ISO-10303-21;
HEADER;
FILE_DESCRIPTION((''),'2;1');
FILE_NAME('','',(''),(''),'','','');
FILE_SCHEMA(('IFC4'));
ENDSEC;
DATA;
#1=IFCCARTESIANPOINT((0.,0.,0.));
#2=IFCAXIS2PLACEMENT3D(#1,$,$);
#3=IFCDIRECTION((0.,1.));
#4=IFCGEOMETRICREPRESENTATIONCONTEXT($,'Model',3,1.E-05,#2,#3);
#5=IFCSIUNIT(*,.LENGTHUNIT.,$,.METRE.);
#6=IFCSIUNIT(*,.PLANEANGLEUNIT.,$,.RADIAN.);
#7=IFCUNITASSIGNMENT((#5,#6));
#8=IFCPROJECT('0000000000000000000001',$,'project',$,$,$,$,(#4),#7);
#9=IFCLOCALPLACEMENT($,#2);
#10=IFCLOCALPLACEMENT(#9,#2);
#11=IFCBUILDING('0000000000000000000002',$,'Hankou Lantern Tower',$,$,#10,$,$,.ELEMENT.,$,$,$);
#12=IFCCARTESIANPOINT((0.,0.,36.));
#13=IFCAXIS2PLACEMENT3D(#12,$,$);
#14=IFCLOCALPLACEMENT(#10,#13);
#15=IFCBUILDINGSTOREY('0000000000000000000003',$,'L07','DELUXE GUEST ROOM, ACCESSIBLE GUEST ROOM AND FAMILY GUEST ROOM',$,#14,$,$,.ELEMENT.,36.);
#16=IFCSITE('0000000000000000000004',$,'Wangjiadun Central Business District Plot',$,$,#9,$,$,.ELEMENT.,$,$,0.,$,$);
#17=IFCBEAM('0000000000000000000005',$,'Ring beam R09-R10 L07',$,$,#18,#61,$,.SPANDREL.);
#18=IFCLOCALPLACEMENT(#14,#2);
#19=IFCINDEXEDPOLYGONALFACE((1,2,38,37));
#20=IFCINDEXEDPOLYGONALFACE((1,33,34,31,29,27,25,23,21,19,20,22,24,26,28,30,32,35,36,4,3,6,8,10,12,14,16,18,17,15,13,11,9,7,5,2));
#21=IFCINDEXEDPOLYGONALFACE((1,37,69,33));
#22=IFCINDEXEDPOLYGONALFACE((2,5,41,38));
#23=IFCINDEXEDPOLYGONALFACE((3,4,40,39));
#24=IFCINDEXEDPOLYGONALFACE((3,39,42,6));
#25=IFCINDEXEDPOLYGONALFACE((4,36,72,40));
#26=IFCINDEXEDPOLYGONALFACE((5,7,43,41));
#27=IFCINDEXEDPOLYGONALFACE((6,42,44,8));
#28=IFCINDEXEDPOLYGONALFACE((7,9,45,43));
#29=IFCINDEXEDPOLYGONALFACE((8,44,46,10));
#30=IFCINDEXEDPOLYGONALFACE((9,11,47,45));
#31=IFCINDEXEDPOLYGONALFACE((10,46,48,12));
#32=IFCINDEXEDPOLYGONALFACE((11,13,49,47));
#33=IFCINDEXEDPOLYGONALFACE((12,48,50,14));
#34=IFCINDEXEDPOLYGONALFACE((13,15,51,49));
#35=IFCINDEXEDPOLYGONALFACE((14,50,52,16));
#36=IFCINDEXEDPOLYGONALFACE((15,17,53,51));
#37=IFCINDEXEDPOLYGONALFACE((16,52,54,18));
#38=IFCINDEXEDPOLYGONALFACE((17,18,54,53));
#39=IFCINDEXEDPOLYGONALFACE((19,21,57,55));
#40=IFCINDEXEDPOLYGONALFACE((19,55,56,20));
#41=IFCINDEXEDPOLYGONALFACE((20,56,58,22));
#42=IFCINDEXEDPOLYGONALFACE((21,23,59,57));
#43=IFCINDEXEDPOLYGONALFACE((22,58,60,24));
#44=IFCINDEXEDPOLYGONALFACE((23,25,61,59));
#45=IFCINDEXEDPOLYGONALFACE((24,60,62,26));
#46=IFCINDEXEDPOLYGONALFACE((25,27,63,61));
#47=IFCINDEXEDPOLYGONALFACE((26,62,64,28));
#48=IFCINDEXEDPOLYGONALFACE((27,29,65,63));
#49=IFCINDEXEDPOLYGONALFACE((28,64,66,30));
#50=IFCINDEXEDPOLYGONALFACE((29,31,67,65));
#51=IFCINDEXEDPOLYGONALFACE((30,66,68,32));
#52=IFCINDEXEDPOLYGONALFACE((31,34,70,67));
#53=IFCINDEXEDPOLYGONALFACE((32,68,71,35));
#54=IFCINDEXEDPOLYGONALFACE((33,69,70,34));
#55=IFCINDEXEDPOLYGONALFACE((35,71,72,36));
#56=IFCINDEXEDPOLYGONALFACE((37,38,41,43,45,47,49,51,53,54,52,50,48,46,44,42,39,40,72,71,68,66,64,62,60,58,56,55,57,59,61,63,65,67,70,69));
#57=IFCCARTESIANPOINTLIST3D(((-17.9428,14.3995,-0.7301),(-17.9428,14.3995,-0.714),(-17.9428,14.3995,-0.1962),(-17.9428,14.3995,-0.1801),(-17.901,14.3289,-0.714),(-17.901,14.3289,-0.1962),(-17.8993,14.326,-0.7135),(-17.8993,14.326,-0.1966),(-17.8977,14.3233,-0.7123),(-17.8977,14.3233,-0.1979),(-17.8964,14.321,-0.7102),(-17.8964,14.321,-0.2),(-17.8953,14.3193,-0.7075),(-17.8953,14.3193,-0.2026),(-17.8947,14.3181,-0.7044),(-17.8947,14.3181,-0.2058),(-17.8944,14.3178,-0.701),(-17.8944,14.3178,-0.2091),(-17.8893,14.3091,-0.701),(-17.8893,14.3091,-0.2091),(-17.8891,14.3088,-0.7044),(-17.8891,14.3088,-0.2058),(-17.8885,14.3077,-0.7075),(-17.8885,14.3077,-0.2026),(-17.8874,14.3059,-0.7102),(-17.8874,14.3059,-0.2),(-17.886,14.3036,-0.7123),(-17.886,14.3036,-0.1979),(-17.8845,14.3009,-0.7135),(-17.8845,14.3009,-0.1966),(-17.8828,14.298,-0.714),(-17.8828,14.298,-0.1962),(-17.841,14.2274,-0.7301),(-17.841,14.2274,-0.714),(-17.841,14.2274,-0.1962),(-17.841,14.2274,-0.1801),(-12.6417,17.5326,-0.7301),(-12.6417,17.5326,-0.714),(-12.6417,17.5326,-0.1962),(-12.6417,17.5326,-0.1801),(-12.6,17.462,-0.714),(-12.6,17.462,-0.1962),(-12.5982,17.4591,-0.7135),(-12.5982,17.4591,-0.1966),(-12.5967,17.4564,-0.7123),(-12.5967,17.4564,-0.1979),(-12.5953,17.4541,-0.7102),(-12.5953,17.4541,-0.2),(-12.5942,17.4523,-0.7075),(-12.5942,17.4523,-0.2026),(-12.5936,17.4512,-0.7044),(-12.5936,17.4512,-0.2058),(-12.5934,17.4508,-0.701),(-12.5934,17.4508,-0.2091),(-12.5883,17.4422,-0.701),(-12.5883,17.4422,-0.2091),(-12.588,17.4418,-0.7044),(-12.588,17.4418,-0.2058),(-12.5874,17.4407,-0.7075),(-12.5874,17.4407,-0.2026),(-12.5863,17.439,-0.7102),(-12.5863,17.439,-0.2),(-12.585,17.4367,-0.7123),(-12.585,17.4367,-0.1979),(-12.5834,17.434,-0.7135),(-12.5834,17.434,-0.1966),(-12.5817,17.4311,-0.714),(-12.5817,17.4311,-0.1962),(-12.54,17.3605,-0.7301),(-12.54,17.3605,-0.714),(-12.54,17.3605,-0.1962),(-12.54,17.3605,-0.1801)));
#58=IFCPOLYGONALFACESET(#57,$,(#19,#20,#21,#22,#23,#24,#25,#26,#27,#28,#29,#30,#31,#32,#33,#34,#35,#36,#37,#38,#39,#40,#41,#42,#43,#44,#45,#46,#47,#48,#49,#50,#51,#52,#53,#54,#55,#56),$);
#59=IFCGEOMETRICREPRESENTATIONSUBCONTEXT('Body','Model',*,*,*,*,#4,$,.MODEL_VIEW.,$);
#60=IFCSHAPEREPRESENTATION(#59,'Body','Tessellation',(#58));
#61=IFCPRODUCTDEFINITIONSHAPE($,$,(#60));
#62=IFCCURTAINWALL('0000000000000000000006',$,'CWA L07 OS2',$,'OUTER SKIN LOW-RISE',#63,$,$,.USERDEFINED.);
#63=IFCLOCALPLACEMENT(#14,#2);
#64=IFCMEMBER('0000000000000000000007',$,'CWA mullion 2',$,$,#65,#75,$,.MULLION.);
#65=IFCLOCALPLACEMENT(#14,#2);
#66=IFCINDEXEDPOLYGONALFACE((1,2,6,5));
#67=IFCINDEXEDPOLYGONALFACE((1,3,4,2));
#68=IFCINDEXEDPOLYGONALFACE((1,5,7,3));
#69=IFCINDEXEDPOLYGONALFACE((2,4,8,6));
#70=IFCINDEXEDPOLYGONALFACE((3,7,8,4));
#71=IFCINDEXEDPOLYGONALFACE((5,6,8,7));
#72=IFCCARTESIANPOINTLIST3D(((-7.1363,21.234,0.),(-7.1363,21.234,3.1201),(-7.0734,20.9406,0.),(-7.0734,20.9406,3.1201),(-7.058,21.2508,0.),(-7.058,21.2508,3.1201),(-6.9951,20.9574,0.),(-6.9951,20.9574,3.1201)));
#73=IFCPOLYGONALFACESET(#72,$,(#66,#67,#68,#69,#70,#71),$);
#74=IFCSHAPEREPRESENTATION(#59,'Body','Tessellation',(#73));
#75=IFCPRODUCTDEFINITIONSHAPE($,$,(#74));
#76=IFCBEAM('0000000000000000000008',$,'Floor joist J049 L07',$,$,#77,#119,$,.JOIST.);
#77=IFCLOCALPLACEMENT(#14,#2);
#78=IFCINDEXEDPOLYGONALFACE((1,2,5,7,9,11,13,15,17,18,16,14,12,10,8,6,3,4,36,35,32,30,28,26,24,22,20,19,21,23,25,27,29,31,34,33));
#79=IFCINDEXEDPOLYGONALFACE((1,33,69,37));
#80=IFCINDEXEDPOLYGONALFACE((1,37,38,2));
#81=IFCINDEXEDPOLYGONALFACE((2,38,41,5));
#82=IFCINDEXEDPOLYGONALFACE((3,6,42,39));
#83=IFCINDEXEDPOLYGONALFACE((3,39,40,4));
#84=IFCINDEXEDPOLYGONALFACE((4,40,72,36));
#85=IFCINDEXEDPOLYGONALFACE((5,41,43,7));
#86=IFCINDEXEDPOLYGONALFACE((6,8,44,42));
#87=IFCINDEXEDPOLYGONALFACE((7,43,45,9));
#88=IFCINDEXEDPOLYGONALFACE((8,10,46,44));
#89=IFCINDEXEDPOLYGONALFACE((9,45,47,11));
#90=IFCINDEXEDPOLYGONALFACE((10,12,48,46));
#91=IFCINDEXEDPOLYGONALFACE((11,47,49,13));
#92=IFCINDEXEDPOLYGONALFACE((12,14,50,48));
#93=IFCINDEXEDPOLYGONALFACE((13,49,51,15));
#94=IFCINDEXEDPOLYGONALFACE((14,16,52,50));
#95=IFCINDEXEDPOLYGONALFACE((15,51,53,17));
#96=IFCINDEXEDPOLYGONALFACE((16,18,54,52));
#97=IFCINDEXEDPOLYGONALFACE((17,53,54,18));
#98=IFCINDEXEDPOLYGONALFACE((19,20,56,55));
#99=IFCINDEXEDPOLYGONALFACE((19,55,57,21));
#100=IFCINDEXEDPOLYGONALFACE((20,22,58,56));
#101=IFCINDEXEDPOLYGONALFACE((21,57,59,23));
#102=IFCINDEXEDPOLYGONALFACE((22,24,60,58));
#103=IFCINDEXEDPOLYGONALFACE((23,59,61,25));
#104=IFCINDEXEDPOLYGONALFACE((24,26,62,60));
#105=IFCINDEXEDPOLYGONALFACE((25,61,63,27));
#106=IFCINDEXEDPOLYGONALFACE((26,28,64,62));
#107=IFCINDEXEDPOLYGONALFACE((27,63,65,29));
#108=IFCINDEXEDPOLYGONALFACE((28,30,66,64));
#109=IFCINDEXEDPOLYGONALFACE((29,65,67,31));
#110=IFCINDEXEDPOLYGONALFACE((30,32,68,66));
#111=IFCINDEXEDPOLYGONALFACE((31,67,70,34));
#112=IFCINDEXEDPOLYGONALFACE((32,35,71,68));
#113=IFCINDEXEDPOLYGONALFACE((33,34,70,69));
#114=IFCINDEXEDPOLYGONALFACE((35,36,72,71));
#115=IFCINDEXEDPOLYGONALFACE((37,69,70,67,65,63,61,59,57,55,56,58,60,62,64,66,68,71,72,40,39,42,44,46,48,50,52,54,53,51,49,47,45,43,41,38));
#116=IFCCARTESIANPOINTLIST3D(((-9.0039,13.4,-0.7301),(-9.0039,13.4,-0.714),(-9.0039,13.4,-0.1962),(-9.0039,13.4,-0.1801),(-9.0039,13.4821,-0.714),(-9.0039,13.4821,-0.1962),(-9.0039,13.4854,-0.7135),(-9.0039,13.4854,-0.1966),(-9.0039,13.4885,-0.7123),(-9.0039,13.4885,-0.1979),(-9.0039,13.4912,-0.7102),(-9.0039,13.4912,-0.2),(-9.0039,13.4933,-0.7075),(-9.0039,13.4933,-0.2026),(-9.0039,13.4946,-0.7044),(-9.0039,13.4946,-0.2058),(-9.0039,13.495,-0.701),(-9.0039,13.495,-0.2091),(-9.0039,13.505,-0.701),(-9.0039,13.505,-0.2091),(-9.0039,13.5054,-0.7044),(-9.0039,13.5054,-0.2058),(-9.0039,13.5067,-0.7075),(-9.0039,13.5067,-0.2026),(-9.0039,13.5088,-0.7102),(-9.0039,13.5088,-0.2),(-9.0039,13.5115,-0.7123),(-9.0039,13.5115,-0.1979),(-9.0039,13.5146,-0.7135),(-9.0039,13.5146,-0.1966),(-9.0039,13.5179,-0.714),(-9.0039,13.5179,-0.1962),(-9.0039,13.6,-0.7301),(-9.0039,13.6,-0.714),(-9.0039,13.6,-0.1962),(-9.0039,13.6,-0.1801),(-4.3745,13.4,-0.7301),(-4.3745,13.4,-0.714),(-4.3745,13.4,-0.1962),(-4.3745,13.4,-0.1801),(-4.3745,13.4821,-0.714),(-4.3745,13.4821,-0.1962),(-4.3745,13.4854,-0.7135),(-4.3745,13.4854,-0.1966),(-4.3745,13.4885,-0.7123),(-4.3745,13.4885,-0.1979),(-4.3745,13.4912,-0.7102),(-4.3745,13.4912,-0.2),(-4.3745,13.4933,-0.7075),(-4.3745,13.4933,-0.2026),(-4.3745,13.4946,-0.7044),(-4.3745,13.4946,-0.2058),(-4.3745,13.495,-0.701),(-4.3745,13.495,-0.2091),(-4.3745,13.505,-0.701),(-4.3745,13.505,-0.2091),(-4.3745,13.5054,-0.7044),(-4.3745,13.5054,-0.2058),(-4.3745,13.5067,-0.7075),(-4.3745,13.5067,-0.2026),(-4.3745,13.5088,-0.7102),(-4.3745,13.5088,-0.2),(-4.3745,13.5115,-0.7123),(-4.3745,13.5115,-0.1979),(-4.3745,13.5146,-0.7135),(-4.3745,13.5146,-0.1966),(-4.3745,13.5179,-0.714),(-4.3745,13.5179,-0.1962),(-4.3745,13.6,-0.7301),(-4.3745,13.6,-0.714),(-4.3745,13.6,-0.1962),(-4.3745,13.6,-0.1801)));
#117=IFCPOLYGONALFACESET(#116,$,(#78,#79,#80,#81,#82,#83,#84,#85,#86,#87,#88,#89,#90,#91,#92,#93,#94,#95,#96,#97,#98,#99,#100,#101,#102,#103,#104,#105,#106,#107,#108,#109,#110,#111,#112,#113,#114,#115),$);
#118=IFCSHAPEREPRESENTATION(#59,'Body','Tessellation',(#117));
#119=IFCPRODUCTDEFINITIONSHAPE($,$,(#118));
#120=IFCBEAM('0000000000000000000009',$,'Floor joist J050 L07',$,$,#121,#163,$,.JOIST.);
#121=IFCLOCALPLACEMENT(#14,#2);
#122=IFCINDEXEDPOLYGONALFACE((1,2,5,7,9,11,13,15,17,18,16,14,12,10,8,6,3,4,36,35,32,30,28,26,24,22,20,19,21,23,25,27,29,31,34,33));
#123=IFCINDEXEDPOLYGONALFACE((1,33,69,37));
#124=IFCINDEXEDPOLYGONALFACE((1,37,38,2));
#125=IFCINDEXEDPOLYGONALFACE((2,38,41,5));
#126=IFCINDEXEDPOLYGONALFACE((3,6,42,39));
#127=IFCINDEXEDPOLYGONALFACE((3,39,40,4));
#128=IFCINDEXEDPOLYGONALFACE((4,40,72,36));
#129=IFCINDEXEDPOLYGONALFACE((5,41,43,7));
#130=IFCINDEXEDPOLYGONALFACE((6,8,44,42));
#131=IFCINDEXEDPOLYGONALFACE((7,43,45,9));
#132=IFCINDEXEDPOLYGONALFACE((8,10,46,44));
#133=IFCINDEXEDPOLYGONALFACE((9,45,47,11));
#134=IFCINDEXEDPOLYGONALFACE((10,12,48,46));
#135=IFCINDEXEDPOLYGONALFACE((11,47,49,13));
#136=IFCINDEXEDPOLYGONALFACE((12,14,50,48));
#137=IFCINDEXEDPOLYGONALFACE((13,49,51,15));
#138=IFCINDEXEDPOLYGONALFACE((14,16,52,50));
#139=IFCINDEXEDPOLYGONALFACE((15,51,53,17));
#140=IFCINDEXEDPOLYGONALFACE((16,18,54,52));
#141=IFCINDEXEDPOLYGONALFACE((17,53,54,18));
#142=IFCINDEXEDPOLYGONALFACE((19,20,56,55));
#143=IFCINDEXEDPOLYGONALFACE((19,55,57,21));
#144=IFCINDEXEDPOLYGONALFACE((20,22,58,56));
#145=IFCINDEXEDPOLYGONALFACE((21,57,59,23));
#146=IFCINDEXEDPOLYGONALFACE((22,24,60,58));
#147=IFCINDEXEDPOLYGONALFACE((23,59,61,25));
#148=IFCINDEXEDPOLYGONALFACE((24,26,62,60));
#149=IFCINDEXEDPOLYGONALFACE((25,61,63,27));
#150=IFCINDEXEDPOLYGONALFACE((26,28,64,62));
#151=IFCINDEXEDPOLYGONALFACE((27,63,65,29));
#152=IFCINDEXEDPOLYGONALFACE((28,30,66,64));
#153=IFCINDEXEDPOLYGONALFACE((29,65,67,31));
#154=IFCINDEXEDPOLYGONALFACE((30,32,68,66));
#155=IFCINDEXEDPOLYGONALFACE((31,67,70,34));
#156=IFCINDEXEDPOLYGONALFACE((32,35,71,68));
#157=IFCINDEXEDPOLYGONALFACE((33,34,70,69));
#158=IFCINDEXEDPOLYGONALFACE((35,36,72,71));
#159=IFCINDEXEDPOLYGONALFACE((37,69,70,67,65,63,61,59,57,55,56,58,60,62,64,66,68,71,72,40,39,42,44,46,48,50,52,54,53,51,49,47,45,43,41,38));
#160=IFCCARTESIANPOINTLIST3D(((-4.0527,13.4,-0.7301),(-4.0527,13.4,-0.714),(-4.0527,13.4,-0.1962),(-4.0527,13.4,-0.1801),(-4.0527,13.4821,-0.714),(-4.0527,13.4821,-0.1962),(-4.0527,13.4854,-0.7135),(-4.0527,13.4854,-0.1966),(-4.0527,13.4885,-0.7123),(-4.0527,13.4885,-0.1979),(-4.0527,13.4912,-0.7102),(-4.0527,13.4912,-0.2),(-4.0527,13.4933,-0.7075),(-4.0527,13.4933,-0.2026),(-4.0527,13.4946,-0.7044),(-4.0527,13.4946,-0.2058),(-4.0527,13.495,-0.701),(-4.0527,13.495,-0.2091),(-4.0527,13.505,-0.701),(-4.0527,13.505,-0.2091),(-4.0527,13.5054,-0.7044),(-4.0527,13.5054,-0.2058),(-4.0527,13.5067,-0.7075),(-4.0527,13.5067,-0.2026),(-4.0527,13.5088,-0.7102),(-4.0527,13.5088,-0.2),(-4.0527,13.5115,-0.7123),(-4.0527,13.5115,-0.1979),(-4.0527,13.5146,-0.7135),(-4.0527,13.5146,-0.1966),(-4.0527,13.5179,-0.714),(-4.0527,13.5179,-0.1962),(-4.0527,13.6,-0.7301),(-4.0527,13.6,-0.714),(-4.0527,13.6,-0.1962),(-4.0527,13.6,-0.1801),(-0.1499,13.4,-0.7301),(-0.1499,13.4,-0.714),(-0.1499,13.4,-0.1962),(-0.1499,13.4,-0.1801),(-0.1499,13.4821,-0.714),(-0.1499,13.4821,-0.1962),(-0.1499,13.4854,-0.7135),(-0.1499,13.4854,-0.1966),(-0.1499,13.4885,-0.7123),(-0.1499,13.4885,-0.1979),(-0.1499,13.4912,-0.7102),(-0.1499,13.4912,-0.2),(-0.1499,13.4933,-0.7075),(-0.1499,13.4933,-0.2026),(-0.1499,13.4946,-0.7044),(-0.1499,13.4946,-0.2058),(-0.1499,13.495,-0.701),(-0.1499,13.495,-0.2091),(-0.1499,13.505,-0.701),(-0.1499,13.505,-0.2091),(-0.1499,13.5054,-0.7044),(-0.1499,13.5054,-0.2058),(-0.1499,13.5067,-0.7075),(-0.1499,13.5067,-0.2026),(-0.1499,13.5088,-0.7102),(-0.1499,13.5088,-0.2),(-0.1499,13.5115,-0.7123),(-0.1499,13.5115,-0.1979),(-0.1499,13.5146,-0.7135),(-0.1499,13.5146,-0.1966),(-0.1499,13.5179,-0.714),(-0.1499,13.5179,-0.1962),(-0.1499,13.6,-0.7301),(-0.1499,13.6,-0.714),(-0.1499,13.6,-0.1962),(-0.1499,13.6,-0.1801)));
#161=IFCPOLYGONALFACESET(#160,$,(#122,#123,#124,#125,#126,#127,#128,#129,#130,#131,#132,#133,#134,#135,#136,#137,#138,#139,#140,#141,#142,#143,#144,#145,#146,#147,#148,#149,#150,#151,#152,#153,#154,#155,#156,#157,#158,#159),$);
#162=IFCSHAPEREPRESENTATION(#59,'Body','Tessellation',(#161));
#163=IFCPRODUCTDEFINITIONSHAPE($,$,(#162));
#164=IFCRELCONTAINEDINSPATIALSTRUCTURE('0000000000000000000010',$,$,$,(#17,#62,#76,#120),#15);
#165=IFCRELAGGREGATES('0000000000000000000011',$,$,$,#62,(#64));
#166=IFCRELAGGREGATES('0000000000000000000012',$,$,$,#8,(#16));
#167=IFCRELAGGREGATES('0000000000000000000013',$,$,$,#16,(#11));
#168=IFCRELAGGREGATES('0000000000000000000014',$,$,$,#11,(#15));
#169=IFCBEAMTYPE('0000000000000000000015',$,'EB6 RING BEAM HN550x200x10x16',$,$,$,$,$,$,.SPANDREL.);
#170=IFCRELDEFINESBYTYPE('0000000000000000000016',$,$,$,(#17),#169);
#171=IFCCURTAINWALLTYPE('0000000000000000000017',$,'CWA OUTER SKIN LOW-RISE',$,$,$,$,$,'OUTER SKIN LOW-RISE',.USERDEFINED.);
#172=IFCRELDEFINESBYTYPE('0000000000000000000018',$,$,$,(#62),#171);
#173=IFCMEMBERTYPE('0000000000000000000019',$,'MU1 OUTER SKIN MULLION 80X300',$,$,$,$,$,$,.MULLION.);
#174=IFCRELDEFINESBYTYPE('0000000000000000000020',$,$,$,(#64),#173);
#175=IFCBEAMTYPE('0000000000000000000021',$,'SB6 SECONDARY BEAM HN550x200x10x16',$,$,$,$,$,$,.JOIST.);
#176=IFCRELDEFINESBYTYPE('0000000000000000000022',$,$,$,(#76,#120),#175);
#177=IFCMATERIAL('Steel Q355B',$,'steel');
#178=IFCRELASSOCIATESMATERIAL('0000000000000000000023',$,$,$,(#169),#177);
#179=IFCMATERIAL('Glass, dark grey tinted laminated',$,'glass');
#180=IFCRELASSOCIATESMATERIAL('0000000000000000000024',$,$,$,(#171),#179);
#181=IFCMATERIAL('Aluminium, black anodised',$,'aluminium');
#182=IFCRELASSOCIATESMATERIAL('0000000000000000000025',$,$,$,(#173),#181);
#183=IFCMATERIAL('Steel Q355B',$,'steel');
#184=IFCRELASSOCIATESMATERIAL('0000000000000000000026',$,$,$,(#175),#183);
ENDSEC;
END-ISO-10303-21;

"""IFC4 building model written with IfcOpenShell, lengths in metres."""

from ifc_helpers import new_model, si_unit, direction, frame, origin, origin_2d, place, context, subcontext, project, spatial, rectangle, i_section, extrude, material, material_profile, profile_set, type_object, element, aggregate, save


model = new_model("IFC4")

# Units and contexts
model_context = context("Model", 3, precision=1e-05, world=origin(), true_north=direction((0.0, 1.0)))
body_context = subcontext(model_context, "Body", "Model", "MODEL_VIEW")
ifc_project = project(units=[si_unit("LENGTHUNIT", "METRE"), si_unit("PLANEANGLEUNIT", "RADIAN")], contexts=[model_context])

# Site, building, storey
site_placement = place(None, origin())
site = spatial("IfcSite", under=ifc_project, at=site_placement, Name="Wangjiadun Central Business District Plot", CompositionType="ELEMENT", RefElevation=0.0)
building_placement = place(site_placement, origin())
building = spatial("IfcBuilding", under=site, at=building_placement, Name="Hankou Lantern Tower", CompositionType="ELEMENT")
storey_placement = place(building_placement, frame((0.0, 0.0, 36.0)))
storey = spatial("IfcBuildingStorey", under=building, at=storey_placement, Name="L07", Description="DELUXE GUEST ROOM, ACCESSIBLE GUEST ROOM AND FAMILY GUEST ROOM", CompositionType="ELEMENT", Elevation=36.0)

# Beam
ifc_material_1 = material(Name="Steel Q355B", Category="steel")
ifc_material_profile_1 = material_profile(ifc_material_1, i_section(OverallWidth=0.2, OverallDepth=0.55, WebThickness=0.01, FlangeThickness=0.0161, FilletRadius=0.0129, at=origin_2d()), Name="HN550x200x10x16")
ifc_profile_set_1 = profile_set([ifc_material_profile_1], Name="Steel Q355B")
beam_type_1 = type_object("IfcBeamType", Name="EB6 RING BEAM HN550x200x10x16", PredefinedType="SPANDREL", material=ifc_profile_set_1)
beam_1_placement = place(storey_placement, frame((-12.5908, 17.4465, -0.4551), z_axis=(-0.860882, -0.508805, 0.0), x_axis=(0.508805, -0.860882, 0.0)))
element("IfcBeam", 1, at=beam_1_placement, inside=storey, type_object=beam_type_1, Name="Ring beam R09-R10 L07", PredefinedType="SPANDREL", context=body_context, shape_type="SweptSolid", body=[
    extrude(i_section(OverallWidth=0.2, OverallDepth=0.55, WebThickness=0.01, FlangeThickness=0.0161, FilletRadius=0.0129, at=origin_2d()), origin(), (0.0, 0.0, 1.0), 6.1577),
])

# Curtain wall, member
ifc_material_2 = material(Name="Glass, dark grey tinted laminated", Category="glass")
curtain_wall_type = type_object("IfcCurtainWallType", Name="CWA OUTER SKIN LOW-RISE", ElementType="OUTER SKIN LOW-RISE", PredefinedType="USERDEFINED", material=ifc_material_2)
curtain_wall_placement = place(storey_placement, origin())
curtain_wall = element("IfcCurtainWall", 2, at=curtain_wall_placement, inside=storey, type_object=curtain_wall_type, Name="CWA L07 OS2", ObjectType="OUTER SKIN LOW-RISE", PredefinedType="USERDEFINED")
ifc_material_3 = material(Name="Aluminium, black anodised", Category="aluminium")
ifc_material_profile_2 = material_profile(ifc_material_3, rectangle(XDim=0.0801, YDim=0.3, at=origin_2d()), Name="MU1 80X300")
ifc_profile_set_2 = profile_set([ifc_material_profile_2], Name="Aluminium, black anodised")
member_type_1 = type_object("IfcMemberType", Name="MU1 OUTER SKIN MULLION 80X300", PredefinedType="MULLION", material=ifc_profile_set_2)
member_1_placement = place(storey_placement, frame((-7.0657, 21.0957, 0.0), z_axis=(0.0, 0.0, 1.0), x_axis=(-0.977788, -0.209598, 0.0)))
member_1 = element("IfcMember", 3, at=member_1_placement, type_object=member_type_1, Name="CWA mullion 2", PredefinedType="MULLION", context=body_context, shape_type="SweptSolid", body=[
    extrude(rectangle(XDim=0.0801, YDim=0.3, at=origin_2d()), origin(), (0.0, 0.0, 1.0), 3.1201),
])

# Beams
ifc_material_4 = material(Name="Steel Q355B", Category="steel")
ifc_material_profile_3 = material_profile(ifc_material_4, i_section(OverallWidth=0.2, OverallDepth=0.55, WebThickness=0.01, FlangeThickness=0.0161, FilletRadius=0.0129, at=origin_2d()), Name="HN550x200x10x16")
ifc_profile_set_3 = profile_set([ifc_material_profile_3], Name="Steel Q355B")
beam_type_2 = type_object("IfcBeamType", Name="SB6 SECONDARY BEAM HN550x200x10x16", PredefinedType="JOIST", material=ifc_profile_set_3)
beam_2_placement = place(storey_placement, frame((-9.0039, 13.5, -0.4551), z_axis=(1.0, 0.0, 0.0), x_axis=(0.0, 1.0, 0.0)))
element("IfcBeam", 4, at=beam_2_placement, inside=storey, type_object=beam_type_2, Name="Floor joist J049 L07", PredefinedType="JOIST", context=body_context, shape_type="SweptSolid", body=[
    extrude(i_section(OverallWidth=0.2, OverallDepth=0.55, WebThickness=0.01, FlangeThickness=0.0161, FilletRadius=0.0129, at=origin_2d()), origin(), (0.0, 0.0, 1.0), 4.6294),
])
beam_3_placement = place(storey_placement, frame((-4.0527, 13.5, -0.4551), z_axis=(1.0, 0.0, 0.0), x_axis=(0.0, 1.0, 0.0)))
element("IfcBeam", 5, at=beam_3_placement, inside=storey, type_object=beam_type_2, Name="Floor joist J050 L07", PredefinedType="JOIST", context=body_context, shape_type="SweptSolid", body=[
    extrude(i_section(OverallWidth=0.2, OverallDepth=0.55, WebThickness=0.01, FlangeThickness=0.0161, FilletRadius=0.0129, at=origin_2d()), origin(), (0.0, 0.0, 1.0), 3.9028),
])

aggregate(curtain_wall, [member_1])

save(model, "model.ifc")
